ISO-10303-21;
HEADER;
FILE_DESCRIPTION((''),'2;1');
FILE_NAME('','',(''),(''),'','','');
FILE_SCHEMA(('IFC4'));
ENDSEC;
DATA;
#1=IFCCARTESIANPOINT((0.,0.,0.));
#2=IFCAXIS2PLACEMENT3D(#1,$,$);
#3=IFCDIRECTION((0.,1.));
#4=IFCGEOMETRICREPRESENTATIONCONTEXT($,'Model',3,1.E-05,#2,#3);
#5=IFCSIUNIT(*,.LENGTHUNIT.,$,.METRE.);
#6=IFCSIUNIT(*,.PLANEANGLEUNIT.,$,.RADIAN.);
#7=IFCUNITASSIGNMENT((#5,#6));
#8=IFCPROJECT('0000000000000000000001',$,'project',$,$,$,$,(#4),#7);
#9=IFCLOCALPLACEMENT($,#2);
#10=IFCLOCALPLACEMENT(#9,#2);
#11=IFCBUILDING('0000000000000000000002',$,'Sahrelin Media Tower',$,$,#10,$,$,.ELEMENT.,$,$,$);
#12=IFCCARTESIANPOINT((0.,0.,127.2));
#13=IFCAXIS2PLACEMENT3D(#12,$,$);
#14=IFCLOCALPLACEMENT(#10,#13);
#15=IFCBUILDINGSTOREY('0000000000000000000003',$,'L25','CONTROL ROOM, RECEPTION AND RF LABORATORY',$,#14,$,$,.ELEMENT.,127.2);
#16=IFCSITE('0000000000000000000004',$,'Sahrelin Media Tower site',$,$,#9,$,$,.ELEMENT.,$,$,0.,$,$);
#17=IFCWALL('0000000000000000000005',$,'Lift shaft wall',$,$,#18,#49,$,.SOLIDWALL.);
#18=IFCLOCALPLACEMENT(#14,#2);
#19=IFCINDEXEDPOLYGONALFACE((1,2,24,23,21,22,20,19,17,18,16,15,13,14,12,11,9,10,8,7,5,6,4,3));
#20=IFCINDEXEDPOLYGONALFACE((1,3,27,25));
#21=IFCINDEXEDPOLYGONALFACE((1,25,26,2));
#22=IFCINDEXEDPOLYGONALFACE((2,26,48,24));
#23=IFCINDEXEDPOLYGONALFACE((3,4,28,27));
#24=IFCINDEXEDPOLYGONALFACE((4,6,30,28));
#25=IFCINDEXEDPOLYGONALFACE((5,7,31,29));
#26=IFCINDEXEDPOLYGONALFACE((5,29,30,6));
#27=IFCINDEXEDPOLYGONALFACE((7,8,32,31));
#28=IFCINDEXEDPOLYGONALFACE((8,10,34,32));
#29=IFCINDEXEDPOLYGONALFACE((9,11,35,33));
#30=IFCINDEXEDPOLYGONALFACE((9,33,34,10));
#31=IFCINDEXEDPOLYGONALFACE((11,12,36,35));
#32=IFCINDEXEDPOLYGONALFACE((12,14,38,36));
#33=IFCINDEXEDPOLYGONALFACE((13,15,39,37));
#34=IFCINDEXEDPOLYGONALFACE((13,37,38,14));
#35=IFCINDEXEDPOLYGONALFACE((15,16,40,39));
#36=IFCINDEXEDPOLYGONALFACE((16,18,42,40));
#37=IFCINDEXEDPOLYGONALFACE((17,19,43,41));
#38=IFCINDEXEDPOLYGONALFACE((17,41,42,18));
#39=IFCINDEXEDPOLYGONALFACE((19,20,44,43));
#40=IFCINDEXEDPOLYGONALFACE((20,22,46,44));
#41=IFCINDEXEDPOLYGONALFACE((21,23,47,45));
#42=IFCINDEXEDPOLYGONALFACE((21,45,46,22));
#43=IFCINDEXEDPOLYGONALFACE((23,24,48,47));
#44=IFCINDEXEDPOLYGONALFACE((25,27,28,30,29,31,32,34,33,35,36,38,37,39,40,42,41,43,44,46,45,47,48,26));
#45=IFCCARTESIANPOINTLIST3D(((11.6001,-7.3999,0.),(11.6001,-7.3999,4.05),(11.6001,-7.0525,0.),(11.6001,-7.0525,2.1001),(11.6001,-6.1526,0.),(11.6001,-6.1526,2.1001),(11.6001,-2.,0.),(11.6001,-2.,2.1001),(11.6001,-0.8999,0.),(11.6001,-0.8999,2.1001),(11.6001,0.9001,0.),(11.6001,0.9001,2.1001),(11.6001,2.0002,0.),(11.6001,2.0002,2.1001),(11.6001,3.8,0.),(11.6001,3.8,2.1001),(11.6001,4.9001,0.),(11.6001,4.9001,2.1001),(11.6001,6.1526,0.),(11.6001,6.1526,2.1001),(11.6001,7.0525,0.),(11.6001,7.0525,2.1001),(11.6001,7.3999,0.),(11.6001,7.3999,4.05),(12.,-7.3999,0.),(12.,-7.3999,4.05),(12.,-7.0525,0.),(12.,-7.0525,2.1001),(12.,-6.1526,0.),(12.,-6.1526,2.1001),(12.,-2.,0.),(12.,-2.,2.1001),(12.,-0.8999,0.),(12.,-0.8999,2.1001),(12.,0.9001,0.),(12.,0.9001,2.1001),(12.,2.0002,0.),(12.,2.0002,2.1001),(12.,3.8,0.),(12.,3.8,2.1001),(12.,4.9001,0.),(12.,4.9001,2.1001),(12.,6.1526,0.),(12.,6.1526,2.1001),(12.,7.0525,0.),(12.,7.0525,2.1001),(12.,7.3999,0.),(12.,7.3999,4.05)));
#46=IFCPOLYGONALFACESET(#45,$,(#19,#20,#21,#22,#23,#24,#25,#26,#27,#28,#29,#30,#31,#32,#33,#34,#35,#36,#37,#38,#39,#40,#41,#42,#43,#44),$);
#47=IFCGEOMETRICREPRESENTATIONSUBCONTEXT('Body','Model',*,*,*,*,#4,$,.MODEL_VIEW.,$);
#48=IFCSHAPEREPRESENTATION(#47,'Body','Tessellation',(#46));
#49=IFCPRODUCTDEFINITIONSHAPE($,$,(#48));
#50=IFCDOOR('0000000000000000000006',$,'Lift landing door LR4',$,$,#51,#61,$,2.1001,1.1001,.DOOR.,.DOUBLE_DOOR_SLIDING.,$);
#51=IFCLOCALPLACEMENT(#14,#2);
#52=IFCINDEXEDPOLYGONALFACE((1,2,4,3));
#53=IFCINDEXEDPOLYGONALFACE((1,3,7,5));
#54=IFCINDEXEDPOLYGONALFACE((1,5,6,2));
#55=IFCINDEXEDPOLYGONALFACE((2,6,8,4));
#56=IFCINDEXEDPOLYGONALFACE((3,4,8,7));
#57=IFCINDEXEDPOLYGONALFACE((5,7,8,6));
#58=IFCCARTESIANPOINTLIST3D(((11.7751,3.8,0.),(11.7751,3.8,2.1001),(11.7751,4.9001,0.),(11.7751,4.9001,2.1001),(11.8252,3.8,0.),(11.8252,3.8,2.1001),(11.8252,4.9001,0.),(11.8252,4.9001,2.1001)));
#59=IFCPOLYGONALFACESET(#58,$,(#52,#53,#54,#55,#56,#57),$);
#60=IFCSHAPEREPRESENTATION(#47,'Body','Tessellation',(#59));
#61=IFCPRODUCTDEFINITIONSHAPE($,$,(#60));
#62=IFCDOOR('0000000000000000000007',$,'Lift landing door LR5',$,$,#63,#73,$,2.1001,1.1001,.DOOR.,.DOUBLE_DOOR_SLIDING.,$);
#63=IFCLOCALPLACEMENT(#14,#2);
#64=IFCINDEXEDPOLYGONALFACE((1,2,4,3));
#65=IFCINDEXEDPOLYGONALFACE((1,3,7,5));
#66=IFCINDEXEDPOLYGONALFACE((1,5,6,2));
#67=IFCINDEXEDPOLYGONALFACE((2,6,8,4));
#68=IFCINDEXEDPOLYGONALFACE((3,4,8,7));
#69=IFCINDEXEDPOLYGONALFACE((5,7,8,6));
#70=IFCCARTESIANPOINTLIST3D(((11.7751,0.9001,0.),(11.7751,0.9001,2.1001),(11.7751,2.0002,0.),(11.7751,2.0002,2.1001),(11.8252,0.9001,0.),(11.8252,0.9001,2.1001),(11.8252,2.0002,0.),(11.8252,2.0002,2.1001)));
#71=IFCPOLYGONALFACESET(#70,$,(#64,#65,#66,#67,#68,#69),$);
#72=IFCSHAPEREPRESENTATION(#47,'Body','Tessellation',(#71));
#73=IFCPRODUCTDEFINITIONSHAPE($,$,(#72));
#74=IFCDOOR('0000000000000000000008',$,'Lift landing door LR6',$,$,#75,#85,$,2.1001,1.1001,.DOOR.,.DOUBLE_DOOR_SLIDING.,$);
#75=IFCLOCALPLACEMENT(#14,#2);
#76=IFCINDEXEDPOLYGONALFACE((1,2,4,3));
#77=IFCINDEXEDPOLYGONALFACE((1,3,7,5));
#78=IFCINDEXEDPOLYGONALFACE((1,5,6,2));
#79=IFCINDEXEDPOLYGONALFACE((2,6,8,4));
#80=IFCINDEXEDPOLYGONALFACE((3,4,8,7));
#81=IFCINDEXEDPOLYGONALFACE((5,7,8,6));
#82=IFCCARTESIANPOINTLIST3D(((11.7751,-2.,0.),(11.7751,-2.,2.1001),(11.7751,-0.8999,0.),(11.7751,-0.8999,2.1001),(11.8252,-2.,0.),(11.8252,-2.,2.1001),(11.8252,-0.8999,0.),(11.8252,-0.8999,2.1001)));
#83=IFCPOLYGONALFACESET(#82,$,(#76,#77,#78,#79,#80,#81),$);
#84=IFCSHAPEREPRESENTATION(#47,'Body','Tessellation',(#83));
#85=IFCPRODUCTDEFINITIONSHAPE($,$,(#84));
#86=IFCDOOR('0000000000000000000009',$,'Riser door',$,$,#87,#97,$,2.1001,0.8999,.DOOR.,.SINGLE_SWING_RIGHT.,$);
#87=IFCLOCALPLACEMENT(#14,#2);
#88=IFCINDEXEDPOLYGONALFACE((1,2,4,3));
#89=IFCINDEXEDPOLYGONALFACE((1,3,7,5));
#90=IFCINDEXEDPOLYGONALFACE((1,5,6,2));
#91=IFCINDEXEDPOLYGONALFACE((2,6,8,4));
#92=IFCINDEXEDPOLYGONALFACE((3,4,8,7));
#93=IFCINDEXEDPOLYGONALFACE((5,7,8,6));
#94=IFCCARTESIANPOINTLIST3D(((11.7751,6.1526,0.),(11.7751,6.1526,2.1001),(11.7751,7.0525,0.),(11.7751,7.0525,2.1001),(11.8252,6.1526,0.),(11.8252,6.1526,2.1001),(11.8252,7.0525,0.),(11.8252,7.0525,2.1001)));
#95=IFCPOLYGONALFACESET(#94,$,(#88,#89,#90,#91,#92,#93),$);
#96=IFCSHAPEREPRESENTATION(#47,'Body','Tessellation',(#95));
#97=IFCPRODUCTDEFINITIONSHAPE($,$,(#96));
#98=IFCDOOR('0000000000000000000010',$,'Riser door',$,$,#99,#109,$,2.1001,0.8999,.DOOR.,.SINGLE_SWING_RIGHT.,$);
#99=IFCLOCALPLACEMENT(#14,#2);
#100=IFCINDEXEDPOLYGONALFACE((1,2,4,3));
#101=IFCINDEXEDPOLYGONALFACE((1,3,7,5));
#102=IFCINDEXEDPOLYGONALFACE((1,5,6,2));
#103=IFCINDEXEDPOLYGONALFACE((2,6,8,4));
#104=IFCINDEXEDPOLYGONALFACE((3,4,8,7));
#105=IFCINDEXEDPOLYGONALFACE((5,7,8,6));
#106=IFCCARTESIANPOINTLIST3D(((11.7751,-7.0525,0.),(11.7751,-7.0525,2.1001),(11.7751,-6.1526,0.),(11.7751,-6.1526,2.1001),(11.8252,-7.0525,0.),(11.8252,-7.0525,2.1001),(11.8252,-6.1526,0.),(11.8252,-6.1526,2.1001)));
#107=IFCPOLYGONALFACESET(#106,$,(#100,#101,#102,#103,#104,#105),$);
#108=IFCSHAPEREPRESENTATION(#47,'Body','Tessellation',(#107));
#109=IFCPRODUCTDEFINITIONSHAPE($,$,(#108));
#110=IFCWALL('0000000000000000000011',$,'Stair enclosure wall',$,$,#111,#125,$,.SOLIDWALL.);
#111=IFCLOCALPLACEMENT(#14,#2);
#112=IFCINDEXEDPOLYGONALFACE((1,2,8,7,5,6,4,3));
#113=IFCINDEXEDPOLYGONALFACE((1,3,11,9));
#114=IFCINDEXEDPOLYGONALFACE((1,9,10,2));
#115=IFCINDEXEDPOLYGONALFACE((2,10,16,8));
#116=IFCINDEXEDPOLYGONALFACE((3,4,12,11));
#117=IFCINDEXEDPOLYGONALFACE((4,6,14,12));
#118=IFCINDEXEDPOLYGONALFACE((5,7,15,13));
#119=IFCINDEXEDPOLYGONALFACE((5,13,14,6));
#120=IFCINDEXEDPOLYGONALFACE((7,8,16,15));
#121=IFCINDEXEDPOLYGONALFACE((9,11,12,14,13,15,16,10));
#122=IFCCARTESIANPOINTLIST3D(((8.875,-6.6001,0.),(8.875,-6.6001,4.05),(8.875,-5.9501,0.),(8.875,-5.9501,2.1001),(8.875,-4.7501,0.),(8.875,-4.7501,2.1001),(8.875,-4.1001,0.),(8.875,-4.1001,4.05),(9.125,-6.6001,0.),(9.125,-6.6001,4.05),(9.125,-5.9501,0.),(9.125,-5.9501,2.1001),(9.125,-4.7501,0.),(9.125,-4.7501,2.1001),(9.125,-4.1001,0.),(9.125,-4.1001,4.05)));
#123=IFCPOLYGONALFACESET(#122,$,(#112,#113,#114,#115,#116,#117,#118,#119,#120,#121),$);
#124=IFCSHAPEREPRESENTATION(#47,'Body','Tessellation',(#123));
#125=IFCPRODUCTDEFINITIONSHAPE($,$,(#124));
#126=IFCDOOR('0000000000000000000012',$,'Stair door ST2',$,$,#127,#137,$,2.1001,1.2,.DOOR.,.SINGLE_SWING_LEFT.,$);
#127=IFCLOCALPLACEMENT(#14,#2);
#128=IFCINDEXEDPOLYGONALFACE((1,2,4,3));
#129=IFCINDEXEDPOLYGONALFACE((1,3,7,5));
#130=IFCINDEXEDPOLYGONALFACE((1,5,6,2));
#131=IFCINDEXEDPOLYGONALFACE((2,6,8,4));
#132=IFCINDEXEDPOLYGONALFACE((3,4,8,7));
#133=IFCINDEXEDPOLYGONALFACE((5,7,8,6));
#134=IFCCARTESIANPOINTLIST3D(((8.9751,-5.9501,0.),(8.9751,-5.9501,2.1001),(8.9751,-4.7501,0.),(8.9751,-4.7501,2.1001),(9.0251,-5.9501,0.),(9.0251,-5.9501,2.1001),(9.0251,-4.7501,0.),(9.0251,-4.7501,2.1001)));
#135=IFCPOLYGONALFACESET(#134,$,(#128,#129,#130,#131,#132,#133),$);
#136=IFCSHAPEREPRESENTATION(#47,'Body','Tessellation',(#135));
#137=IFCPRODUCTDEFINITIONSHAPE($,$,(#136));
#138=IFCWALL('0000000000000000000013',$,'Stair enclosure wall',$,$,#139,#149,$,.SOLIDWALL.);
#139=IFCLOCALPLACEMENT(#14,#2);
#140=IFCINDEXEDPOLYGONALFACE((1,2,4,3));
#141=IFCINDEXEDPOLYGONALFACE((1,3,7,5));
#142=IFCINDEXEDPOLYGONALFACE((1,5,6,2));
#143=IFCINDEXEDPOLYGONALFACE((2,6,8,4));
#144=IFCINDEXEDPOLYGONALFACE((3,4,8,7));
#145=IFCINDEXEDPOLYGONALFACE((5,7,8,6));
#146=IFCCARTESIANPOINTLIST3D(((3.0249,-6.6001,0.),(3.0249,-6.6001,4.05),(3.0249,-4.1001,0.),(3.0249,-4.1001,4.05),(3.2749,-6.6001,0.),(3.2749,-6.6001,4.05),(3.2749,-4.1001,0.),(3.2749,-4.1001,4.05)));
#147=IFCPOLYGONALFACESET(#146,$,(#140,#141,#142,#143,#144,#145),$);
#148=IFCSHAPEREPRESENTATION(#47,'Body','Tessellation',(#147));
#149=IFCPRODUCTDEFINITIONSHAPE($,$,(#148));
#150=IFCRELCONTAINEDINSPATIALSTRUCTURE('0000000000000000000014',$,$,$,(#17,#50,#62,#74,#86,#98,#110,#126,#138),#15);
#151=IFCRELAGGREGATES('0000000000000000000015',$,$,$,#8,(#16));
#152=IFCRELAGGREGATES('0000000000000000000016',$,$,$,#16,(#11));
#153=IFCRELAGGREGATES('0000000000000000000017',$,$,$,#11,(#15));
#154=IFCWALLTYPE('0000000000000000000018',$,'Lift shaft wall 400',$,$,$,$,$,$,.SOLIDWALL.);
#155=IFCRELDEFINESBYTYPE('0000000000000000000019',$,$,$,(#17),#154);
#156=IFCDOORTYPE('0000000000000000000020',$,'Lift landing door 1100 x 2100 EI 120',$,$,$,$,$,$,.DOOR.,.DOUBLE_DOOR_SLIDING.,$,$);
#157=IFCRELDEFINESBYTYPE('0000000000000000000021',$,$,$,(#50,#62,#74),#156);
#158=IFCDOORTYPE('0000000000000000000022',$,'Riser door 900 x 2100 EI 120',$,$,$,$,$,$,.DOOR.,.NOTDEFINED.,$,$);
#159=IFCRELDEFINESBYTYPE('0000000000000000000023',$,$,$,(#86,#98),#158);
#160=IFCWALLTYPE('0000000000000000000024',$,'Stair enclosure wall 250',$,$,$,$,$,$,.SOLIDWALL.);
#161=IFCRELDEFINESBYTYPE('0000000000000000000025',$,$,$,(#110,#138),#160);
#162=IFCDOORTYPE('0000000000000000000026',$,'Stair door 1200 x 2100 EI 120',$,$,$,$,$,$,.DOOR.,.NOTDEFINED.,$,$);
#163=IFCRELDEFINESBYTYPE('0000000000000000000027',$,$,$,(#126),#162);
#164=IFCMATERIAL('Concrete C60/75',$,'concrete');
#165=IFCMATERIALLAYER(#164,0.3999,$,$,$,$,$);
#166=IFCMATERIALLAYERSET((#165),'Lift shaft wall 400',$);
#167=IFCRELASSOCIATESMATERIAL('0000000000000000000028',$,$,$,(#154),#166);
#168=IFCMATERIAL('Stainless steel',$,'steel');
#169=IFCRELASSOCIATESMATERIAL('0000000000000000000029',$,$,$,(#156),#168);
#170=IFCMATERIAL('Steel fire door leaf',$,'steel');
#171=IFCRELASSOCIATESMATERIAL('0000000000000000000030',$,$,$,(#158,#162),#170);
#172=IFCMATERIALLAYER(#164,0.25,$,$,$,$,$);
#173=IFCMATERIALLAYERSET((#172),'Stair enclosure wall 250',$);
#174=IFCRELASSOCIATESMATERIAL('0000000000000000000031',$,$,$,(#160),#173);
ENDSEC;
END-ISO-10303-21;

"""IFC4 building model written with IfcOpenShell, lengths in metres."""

from ifc_helpers import new_model, si_unit, direction, frame, frame_2d, origin, place, context, subcontext, project, spatial, rectangle, extrude, material, layer, layer_set, type_object, element, fill, save


model = new_model("IFC4")

# Units and contexts
model_context = context("Model", 3, precision=1e-05, world=origin(), true_north=direction((0.0, 1.0)))
body_context = subcontext(model_context, "Body", "Model", "MODEL_VIEW")
ifc_project = project(units=[si_unit("LENGTHUNIT", "METRE"), si_unit("PLANEANGLEUNIT", "RADIAN")], contexts=[model_context])

# Site, building, storey
site_placement = place(None, origin())
site = spatial("IfcSite", under=ifc_project, at=site_placement, Name="Sahrelin Media Tower site", CompositionType="ELEMENT", RefElevation=0.0)
building_placement = place(site_placement, origin())
building = spatial("IfcBuilding", under=site, at=building_placement, Name="Sahrelin Media Tower", CompositionType="ELEMENT")
storey_placement = place(building_placement, frame((0.0, 0.0, 127.2)))
storey = spatial("IfcBuildingStorey", under=building, at=storey_placement, Name="L25", Description="CONTROL ROOM, RECEPTION AND RF LABORATORY", CompositionType="ELEMENT", Elevation=127.2)

# Shared definitions
ifc_material_1 = material(Name="Concrete C60/75", Category="concrete")

# Wall, openings, doors
ifc_layer_1 = layer(ifc_material_1, 0.3999)
ifc_layer_set_1 = layer_set([ifc_layer_1], Name="Lift shaft wall 400")
wall_type_1 = type_object("IfcWallType", Name="Lift shaft wall 400", PredefinedType="SOLIDWALL", material=ifc_layer_set_1)
wall_1_placement = place(storey_placement, frame((11.8, -7.3999, 0.0), z_axis=(0.0, 0.0, 1.0), x_axis=(0.0, 1.0, 0.0)))
wall_1 = element("IfcWall", 1, at=wall_1_placement, inside=storey, type_object=wall_type_1, Name="Lift shaft wall", PredefinedType="SOLIDWALL", context=body_context, shape_type="SweptSolid", body=[
    extrude(rectangle(XDim=14.7998, YDim=0.3999, at=frame_2d((7.3999, 0.0))), origin(), (0.0, 0.0, 1.0), 4.05),
])
opening_1_placement = place(wall_1_placement, frame((11.2, 0.0, 0.0)))
opening_1 = element("IfcOpeningElement", 2, at=opening_1_placement, cuts=wall_1, PredefinedType="OPENING", context=body_context, shape_type="SweptSolid", body=[
    extrude(rectangle(XDim=1.1001, YDim=2.1001, at=frame_2d((0.55, 1.05))), frame((0.0, 0.2, 0.0), z_axis=(0.0, -1.0, 0.0), x_axis=(1.0, 0.0, 0.0)), (0.0, 0.0, 1.0), 0.3999),
])
opening_2_placement = place(wall_1_placement, frame((8.3, 0.0, 0.0)))
opening_2 = element("IfcOpeningElement", 3, at=opening_2_placement, cuts=wall_1, PredefinedType="OPENING", context=body_context, shape_type="SweptSolid", body=[
    extrude(rectangle(XDim=1.1001, YDim=2.1001, at=frame_2d((0.55, 1.05))), frame((0.0, 0.2, 0.0), z_axis=(0.0, -1.0, 0.0), x_axis=(1.0, 0.0, 0.0)), (0.0, 0.0, 1.0), 0.3999),
])
opening_3_placement = place(wall_1_placement, frame((5.3999, 0.0, 0.0)))
opening_3 = element("IfcOpeningElement", 4, at=opening_3_placement, cuts=wall_1, PredefinedType="OPENING", context=body_context, shape_type="SweptSolid", body=[
    extrude(rectangle(XDim=1.1001, YDim=2.1001, at=frame_2d((0.55, 1.05))), frame((0.0, 0.2, 0.0), z_axis=(0.0, -1.0, 0.0), x_axis=(1.0, 0.0, 0.0)), (0.0, 0.0, 1.0), 0.3999),
])
opening_4_placement = place(wall_1_placement, frame((13.5525, 0.0, 0.0)))
opening_4 = element("IfcOpeningElement", 5, at=opening_4_placement, cuts=wall_1, PredefinedType="OPENING", context=body_context, shape_type="SweptSolid", body=[
    extrude(rectangle(XDim=0.8999, YDim=2.1001, at=frame_2d((0.45, 1.05))), frame((0.0, 0.2, 0.0), z_axis=(0.0, -1.0, 0.0), x_axis=(1.0, 0.0, 0.0)), (0.0, 0.0, 1.0), 0.3999),
])
opening_5_placement = place(wall_1_placement, frame((0.3474, 0.0, 0.0)))
opening_5 = element("IfcOpeningElement", 6, at=opening_5_placement, cuts=wall_1, PredefinedType="OPENING", context=body_context, shape_type="SweptSolid", body=[
    extrude(rectangle(XDim=0.8999, YDim=2.1001, at=frame_2d((0.45, 1.05))), frame((0.0, 0.2, 0.0), z_axis=(0.0, -1.0, 0.0), x_axis=(1.0, 0.0, 0.0)), (0.0, 0.0, 1.0), 0.3999),
])
ifc_material_2 = material(Name="Stainless steel", Category="steel")
door_type_1 = type_object("IfcDoorType", Name="Lift landing door 1100 x 2100 EI 120", OperationType="DOUBLE_DOOR_SLIDING", PredefinedType="DOOR", material=ifc_material_2)
door_1_placement = place(opening_1_placement, origin())
door_1 = element("IfcDoor", 7, at=door_1_placement, inside=storey, type_object=door_type_1, Name="Lift landing door LR4", OperationType="DOUBLE_DOOR_SLIDING", OverallHeight=2.1001, OverallWidth=1.1001, PredefinedType="DOOR", context=body_context, shape_type="SweptSolid", body=[
    extrude(rectangle(XDim=1.1001, YDim=2.1001, at=frame_2d((0.55, 1.05))), frame((0.0, 0.0249, 0.0), z_axis=(0.0, -1.0, 0.0), x_axis=(1.0, 0.0, 0.0)), (0.0, 0.0, 1.0), 0.05),
])
fill(opening_1, door_1)
door_2_placement = place(opening_2_placement, origin())
door_2 = element("IfcDoor", 8, at=door_2_placement, inside=storey, type_object=door_type_1, Name="Lift landing door LR5", OperationType="DOUBLE_DOOR_SLIDING", OverallHeight=2.1001, OverallWidth=1.1001, PredefinedType="DOOR", context=body_context, shape_type="SweptSolid", body=[
    extrude(rectangle(XDim=1.1001, YDim=2.1001, at=frame_2d((0.55, 1.05))), frame((0.0, 0.0249, 0.0), z_axis=(0.0, -1.0, 0.0), x_axis=(1.0, 0.0, 0.0)), (0.0, 0.0, 1.0), 0.05),
])
fill(opening_2, door_2)
door_3_placement = place(opening_3_placement, origin())
door_3 = element("IfcDoor", 9, at=door_3_placement, inside=storey, type_object=door_type_1, Name="Lift landing door LR6", OperationType="DOUBLE_DOOR_SLIDING", OverallHeight=2.1001, OverallWidth=1.1001, PredefinedType="DOOR", context=body_context, shape_type="SweptSolid", body=[
    extrude(rectangle(XDim=1.1001, YDim=2.1001, at=frame_2d((0.55, 1.05))), frame((0.0, 0.0249, 0.0), z_axis=(0.0, -1.0, 0.0), x_axis=(1.0, 0.0, 0.0)), (0.0, 0.0, 1.0), 0.05),
])
fill(opening_3, door_3)
ifc_material_3 = material(Name="Steel fire door leaf", Category="steel")
door_type_2 = type_object("IfcDoorType", Name="Riser door 900 x 2100 EI 120", OperationType="NOTDEFINED", PredefinedType="DOOR", material=ifc_material_3)
door_4_placement = place(opening_4_placement, origin())
door_4 = element("IfcDoor", 10, at=door_4_placement, inside=storey, type_object=door_type_2, Name="Riser door", OperationType="SINGLE_SWING_RIGHT", OverallHeight=2.1001, OverallWidth=0.8999, PredefinedType="DOOR", context=body_context, shape_type="SweptSolid", body=[
    extrude(rectangle(XDim=0.8999, YDim=2.1001, at=frame_2d((0.45, 1.05))), frame((0.0, 0.0249, 0.0), z_axis=(0.0, -1.0, 0.0), x_axis=(1.0, 0.0, 0.0)), (0.0, 0.0, 1.0), 0.05),
])
fill(opening_4, door_4)
door_5_placement = place(opening_5_placement, origin())
door_5 = element("IfcDoor", 11, at=door_5_placement, inside=storey, type_object=door_type_2, Name="Riser door", OperationType="SINGLE_SWING_RIGHT", OverallHeight=2.1001, OverallWidth=0.8999, PredefinedType="DOOR", context=body_context, shape_type="SweptSolid", body=[
    extrude(rectangle(XDim=0.8999, YDim=2.1001, at=frame_2d((0.45, 1.05))), frame((0.0, 0.0249, 0.0), z_axis=(0.0, -1.0, 0.0), x_axis=(1.0, 0.0, 0.0)), (0.0, 0.0, 1.0), 0.05),
])
fill(opening_5, door_5)

# Wall, opening, door
ifc_layer_2 = layer(ifc_material_1, 0.25)
ifc_layer_set_2 = layer_set([ifc_layer_2], Name="Stair enclosure wall 250")
wall_type_2 = type_object("IfcWallType", Name="Stair enclosure wall 250", PredefinedType="SOLIDWALL", material=ifc_layer_set_2)
wall_2_placement = place(storey_placement, frame((9.0, -6.6001, 0.0), z_axis=(0.0, 0.0, 1.0), x_axis=(0.0, 1.0, 0.0)))
wall_2 = element("IfcWall", 12, at=wall_2_placement, inside=storey, type_object=wall_type_2, Name="Stair enclosure wall", PredefinedType="SOLIDWALL", context=body_context, shape_type="SweptSolid", body=[
    extrude(rectangle(XDim=2.5, YDim=0.25, at=frame_2d((1.25, 0.0))), origin(), (0.0, 0.0, 1.0), 4.05),
])
opening_6_placement = place(wall_2_placement, frame((0.6499, 0.0, 0.0)))
opening_6 = element("IfcOpeningElement", 13, at=opening_6_placement, cuts=wall_2, PredefinedType="OPENING", context=body_context, shape_type="SweptSolid", body=[
    extrude(rectangle(XDim=1.2, YDim=2.1001, at=frame_2d((0.6001, 1.05))), frame((0.0, 0.125, 0.0), z_axis=(0.0, -1.0, 0.0), x_axis=(1.0, 0.0, 0.0)), (0.0, 0.0, 1.0), 0.25),
])
door_type_3 = type_object("IfcDoorType", Name="Stair door 1200 x 2100 EI 120", OperationType="NOTDEFINED", PredefinedType="DOOR", material=ifc_material_3)
door_6_placement = place(opening_6_placement, origin())
door_6 = element("IfcDoor", 14, at=door_6_placement, inside=storey, type_object=door_type_3, Name="Stair door ST2", OperationType="SINGLE_SWING_LEFT", OverallHeight=2.1001, OverallWidth=1.2, PredefinedType="DOOR", context=body_context, shape_type="SweptSolid", body=[
    extrude(rectangle(XDim=1.2, YDim=2.1001, at=frame_2d((0.6001, 1.05))), frame((0.0, 0.0249, 0.0), z_axis=(0.0, -1.0, 0.0), x_axis=(1.0, 0.0, 0.0)), (0.0, 0.0, 1.0), 0.05),
])
fill(opening_6, door_6)

# Wall
wall_3_placement = place(storey_placement, frame((3.1499, -6.6001, 0.0), z_axis=(0.0, 0.0, 1.0), x_axis=(0.0, 1.0, 0.0)))
element("IfcWall", 15, at=wall_3_placement, inside=storey, type_object=wall_type_2, Name="Stair enclosure wall", PredefinedType="SOLIDWALL", context=body_context, shape_type="SweptSolid", body=[
    extrude(rectangle(XDim=2.5, YDim=0.25, at=frame_2d((1.25, 0.0))), origin(), (0.0, 0.0, 1.0), 4.05),
])

save(model, "model.ifc")
